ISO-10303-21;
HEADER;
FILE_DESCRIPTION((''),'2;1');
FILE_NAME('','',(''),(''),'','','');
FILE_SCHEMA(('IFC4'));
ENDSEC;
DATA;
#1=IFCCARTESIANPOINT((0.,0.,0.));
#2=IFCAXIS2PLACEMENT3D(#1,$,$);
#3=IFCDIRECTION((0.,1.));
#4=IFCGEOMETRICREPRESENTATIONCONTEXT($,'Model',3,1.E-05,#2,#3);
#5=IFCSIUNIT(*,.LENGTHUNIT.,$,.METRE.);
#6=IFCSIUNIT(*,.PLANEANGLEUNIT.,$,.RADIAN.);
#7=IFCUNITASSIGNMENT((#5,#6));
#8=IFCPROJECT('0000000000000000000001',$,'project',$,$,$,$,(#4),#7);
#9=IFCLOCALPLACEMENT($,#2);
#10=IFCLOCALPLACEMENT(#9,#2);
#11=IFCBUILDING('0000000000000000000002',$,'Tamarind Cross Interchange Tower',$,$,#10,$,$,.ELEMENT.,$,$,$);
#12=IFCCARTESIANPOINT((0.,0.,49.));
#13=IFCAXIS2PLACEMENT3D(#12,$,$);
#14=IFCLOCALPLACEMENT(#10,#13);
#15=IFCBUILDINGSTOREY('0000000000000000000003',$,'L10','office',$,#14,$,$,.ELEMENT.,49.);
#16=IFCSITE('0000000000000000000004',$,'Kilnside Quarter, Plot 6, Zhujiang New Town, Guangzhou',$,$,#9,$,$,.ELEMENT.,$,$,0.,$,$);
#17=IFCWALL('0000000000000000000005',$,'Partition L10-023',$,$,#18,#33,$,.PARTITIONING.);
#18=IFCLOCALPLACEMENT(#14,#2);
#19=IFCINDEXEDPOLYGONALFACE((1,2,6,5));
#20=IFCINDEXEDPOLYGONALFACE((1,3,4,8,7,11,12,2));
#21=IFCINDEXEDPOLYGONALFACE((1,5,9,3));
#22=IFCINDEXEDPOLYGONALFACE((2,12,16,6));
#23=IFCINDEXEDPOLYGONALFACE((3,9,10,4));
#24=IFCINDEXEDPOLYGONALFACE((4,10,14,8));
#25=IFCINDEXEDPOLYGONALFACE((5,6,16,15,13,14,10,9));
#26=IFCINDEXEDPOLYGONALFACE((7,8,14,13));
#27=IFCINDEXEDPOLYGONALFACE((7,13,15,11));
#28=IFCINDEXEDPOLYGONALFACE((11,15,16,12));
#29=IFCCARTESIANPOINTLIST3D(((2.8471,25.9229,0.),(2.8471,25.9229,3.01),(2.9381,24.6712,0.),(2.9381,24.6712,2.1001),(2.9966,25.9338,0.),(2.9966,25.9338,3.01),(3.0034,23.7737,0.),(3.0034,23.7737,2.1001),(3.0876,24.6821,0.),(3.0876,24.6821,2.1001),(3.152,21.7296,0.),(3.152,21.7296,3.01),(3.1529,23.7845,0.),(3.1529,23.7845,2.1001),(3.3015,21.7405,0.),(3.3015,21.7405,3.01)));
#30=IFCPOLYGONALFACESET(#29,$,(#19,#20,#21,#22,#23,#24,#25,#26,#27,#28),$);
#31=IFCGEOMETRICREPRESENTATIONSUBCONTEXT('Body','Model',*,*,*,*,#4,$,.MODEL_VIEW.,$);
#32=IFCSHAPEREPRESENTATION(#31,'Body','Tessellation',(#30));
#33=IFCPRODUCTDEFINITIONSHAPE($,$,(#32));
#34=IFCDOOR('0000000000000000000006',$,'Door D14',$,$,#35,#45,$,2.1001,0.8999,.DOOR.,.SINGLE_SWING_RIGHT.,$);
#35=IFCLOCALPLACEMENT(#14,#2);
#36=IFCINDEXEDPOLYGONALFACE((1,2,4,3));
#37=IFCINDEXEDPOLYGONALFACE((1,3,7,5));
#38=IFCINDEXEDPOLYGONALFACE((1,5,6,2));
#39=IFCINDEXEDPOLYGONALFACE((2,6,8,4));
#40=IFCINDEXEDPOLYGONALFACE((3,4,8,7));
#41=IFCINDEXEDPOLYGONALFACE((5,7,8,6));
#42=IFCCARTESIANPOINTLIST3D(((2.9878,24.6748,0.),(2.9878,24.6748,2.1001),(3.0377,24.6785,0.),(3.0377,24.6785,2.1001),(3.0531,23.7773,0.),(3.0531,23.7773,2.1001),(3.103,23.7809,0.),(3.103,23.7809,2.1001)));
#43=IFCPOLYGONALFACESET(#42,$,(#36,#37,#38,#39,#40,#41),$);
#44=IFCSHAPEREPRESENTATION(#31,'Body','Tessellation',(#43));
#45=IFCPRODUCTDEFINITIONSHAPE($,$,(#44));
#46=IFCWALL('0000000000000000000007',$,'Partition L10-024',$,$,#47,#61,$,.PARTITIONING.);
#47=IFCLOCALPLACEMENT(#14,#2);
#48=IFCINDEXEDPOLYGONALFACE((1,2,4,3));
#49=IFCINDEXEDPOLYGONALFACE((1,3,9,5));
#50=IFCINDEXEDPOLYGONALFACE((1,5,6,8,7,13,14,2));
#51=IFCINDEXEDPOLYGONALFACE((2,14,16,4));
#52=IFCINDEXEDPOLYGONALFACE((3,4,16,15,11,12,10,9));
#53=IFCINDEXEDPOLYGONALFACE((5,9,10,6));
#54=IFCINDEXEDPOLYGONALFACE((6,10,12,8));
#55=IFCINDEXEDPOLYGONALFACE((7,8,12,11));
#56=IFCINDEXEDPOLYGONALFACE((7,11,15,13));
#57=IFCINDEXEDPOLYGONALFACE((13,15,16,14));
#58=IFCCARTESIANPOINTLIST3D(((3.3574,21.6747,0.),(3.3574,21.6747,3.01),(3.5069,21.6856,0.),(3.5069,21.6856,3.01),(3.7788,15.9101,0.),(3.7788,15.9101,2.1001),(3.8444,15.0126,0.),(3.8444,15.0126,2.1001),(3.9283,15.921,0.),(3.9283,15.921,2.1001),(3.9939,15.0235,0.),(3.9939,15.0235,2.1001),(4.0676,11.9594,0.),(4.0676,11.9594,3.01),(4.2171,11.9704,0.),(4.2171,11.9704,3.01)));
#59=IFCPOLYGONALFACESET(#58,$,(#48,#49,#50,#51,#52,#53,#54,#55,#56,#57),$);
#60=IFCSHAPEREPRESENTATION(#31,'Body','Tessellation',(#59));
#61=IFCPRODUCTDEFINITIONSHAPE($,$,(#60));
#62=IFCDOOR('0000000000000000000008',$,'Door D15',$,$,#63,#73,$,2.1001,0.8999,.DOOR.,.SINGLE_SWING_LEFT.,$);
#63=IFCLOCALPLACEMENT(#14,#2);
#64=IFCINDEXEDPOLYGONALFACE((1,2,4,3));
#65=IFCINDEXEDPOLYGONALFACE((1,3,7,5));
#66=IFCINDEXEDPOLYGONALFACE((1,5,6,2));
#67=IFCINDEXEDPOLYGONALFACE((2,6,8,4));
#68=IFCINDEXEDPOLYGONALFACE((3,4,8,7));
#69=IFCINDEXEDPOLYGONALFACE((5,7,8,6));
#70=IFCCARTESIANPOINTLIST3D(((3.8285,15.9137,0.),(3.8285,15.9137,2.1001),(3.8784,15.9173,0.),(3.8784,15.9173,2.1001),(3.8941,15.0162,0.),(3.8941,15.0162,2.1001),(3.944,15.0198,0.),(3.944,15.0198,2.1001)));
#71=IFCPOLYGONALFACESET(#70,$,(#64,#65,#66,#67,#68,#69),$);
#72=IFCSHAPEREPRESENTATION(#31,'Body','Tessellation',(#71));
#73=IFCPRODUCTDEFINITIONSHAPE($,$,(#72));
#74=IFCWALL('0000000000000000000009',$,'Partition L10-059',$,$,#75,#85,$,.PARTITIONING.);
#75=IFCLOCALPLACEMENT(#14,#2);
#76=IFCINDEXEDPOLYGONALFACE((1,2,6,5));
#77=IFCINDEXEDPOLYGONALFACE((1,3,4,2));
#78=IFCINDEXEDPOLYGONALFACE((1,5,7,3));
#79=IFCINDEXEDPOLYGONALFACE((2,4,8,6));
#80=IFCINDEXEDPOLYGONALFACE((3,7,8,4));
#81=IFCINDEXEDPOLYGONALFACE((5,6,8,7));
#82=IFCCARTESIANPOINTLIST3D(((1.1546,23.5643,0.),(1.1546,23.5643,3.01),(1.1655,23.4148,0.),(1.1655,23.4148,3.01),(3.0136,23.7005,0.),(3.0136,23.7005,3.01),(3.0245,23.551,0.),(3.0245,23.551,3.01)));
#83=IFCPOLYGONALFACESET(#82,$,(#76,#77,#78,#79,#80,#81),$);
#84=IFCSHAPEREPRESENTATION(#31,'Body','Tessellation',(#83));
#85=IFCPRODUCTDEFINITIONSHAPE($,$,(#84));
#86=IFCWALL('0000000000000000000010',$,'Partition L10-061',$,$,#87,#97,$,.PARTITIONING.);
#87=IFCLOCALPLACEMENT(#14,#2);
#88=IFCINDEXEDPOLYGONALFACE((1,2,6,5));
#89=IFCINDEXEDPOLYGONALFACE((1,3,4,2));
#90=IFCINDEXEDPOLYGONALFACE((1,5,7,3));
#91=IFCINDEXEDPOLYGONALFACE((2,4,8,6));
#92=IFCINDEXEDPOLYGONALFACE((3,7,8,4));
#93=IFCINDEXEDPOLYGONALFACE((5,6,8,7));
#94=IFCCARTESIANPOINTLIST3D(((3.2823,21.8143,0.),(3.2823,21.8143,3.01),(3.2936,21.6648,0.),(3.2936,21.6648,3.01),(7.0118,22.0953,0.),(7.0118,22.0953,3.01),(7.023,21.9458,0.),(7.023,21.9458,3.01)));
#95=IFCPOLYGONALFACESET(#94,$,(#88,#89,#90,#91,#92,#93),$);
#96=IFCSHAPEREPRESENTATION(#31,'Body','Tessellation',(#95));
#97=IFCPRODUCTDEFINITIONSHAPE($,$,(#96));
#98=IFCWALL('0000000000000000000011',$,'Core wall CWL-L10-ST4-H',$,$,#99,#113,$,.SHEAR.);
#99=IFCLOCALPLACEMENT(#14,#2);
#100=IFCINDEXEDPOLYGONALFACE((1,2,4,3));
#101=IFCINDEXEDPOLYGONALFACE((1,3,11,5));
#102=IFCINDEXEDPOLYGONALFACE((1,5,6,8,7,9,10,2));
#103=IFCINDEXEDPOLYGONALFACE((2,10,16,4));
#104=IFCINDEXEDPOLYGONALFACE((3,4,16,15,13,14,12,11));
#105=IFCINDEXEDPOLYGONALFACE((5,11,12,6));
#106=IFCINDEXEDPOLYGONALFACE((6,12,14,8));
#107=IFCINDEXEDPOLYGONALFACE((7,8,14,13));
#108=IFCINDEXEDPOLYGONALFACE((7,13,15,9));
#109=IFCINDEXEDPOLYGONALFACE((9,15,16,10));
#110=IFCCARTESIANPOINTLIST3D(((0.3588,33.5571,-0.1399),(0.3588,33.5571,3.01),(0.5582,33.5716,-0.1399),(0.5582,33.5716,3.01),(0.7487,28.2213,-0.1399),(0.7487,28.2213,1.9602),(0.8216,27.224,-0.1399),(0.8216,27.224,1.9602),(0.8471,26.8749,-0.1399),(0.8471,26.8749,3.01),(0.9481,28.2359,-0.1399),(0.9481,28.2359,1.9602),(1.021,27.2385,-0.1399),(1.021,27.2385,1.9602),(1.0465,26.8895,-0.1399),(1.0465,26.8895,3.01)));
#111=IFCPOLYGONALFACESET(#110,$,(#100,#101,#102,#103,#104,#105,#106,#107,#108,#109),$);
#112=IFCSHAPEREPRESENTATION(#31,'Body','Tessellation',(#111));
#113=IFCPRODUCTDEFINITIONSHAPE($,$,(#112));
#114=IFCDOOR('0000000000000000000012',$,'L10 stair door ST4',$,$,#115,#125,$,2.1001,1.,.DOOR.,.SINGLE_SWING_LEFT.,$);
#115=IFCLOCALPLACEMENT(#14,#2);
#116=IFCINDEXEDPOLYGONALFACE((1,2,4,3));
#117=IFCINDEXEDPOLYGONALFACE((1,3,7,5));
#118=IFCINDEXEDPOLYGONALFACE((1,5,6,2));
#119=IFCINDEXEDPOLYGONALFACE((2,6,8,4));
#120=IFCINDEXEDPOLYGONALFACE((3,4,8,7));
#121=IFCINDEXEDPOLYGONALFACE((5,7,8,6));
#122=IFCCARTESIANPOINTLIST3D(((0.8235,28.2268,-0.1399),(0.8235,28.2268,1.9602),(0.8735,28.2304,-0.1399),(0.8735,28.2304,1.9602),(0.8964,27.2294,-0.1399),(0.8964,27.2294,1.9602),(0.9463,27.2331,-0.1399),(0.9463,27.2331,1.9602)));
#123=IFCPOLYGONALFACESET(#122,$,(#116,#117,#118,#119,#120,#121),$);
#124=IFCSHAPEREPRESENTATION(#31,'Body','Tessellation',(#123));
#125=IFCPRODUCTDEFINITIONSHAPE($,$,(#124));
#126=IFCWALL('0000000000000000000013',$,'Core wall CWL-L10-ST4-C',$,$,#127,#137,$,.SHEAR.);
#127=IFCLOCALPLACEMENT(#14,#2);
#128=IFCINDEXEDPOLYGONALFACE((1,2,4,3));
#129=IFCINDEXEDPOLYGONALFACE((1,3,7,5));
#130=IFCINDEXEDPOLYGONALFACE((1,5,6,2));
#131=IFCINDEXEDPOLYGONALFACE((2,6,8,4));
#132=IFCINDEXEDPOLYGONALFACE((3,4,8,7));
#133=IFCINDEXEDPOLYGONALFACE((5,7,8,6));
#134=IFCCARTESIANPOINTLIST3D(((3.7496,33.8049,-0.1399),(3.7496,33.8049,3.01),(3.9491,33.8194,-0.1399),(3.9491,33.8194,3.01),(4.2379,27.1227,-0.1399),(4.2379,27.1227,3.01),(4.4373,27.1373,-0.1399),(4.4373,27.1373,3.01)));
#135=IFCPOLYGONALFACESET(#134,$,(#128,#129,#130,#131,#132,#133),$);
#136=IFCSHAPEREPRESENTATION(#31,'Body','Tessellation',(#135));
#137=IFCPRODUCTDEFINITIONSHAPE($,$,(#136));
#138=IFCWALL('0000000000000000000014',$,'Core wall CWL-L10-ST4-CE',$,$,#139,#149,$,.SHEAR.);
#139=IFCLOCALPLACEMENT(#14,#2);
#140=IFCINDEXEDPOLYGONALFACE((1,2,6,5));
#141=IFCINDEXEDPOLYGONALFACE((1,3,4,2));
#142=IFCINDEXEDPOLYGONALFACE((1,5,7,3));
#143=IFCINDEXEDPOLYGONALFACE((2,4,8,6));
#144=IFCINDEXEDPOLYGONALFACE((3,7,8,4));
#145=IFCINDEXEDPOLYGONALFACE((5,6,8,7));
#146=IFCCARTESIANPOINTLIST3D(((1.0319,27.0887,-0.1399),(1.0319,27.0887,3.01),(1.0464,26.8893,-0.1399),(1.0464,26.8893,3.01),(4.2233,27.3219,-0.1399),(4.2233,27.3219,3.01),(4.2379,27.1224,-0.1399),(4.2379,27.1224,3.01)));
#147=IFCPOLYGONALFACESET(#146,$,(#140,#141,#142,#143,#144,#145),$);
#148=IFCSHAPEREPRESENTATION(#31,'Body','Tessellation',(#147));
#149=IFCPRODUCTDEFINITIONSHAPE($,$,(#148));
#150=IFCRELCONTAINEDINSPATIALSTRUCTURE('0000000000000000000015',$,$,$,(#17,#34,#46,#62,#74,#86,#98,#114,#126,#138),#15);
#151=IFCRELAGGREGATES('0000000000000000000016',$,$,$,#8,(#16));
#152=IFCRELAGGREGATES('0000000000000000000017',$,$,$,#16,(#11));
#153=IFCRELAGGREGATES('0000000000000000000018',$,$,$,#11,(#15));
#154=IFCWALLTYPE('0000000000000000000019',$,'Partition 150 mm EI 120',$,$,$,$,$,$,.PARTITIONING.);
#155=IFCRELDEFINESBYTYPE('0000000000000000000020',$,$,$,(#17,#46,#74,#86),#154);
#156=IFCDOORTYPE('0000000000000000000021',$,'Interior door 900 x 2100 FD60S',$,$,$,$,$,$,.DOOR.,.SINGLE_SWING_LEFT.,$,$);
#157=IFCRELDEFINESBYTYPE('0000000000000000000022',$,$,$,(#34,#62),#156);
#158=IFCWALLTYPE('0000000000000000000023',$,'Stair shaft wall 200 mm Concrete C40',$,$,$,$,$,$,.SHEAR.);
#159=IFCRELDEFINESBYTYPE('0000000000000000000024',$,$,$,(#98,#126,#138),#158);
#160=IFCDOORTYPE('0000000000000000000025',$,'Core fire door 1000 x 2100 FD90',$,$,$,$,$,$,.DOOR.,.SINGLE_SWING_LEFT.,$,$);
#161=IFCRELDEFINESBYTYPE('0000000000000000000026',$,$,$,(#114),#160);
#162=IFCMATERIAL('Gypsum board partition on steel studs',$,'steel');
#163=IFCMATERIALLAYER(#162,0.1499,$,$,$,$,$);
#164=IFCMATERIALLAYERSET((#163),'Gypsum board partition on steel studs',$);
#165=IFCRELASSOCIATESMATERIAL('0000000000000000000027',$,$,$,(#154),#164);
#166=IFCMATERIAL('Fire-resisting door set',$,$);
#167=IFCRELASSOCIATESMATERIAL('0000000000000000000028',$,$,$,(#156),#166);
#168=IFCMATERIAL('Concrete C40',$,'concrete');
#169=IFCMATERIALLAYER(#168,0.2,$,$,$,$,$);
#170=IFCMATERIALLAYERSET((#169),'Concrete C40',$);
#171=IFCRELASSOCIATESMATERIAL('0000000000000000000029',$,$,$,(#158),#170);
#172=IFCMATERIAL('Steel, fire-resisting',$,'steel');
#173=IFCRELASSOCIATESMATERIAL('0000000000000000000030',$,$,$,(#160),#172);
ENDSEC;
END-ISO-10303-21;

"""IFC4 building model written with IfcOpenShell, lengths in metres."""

from ifc_helpers import new_model, si_unit, direction, frame, frame_2d, origin, place, context, subcontext, project, spatial, rectangle, extrude, material, layer, layer_set, type_object, element, fill, save


model = new_model("IFC4")

# Units and contexts
model_context = context("Model", 3, precision=1e-05, world=origin(), true_north=direction((0.0, 1.0)))
body_context = subcontext(model_context, "Body", "Model", "MODEL_VIEW")
ifc_project = project(units=[si_unit("LENGTHUNIT", "METRE"), si_unit("PLANEANGLEUNIT", "RADIAN")], contexts=[model_context])

# Site, building, storey
site_placement = place(None, origin())
site = spatial("IfcSite", under=ifc_project, at=site_placement, Name="Kilnside Quarter, Plot 6, Zhujiang New Town, Guangzhou", CompositionType="ELEMENT", RefElevation=0.0)
building_placement = place(site_placement, origin())
building = spatial("IfcBuilding", under=site, at=building_placement, Name="Tamarind Cross Interchange Tower", CompositionType="ELEMENT")
storey_placement = place(building_placement, frame((0.0, 0.0, 49.0)))
storey = spatial("IfcBuildingStorey", under=building, at=storey_placement, Name="L10", Description="office", CompositionType="ELEMENT", Elevation=49.0)

# Walls, openings, doors
ifc_material_1 = material(Name="Gypsum board partition on steel studs", Category="steel")
ifc_layer_1 = layer(ifc_material_1, 0.1499)
ifc_layer_set_1 = layer_set([ifc_layer_1], Name="Gypsum board partition on steel studs")
wall_type_1 = type_object("IfcWallType", Name="Partition 150 mm EI 120", PredefinedType="PARTITIONING", material=ifc_layer_set_1)
ifc_material_2 = material(Name="Fire-resisting door set")
door_type_1 = type_object("IfcDoorType", Name="Interior door 900 x 2100 FD60S", OperationType="SINGLE_SWING_LEFT", PredefinedType="DOOR", material=ifc_material_2)
wall_1_placement = place(storey_placement, frame((2.9219, 25.9282, 0.0), z_axis=(0.0, 0.0, 1.0), x_axis=(0.072526, -0.997367, 0.0)))
wall_1 = element("IfcWall", 1, at=wall_1_placement, inside=storey, type_object=wall_type_1, Name="Partition L10-023", PredefinedType="PARTITIONING", context=body_context, shape_type="SweptSolid", body=[
    extrude(rectangle(XDim=4.2043, YDim=0.1499, at=frame_2d((2.1021, 0.0))), origin(), (0.0, 0.0, 1.0), 3.01),
])
opening_1_placement = place(wall_1_placement, frame((1.2549, 0.0, 0.0)))
opening_1 = element("IfcOpeningElement", 2, at=opening_1_placement, cuts=wall_1, PredefinedType="OPENING", context=body_context, shape_type="SweptSolid", body=[
    extrude(rectangle(XDim=0.8999, YDim=2.1001, at=frame_2d((0.45, 1.05))), frame((0.0, 0.085, 0.0), z_axis=(0.0, -1.0, 0.0), x_axis=(1.0, 0.0, 0.0)), (0.0, 0.0, 1.0), 0.1699),
])
door_1_placement = place(opening_1_placement, origin())
door_1 = element("IfcDoor", 3, at=door_1_placement, inside=storey, type_object=door_type_1, Name="Door D14", OperationType="SINGLE_SWING_RIGHT", OverallHeight=2.1001, OverallWidth=0.8999, PredefinedType="DOOR", context=body_context, shape_type="SweptSolid", body=[
    extrude(rectangle(XDim=0.8999, YDim=2.1001, at=frame_2d((0.45, 1.05))), frame((0.0, 0.0249, 0.0), z_axis=(0.0, -1.0, 0.0), x_axis=(1.0, 0.0, 0.0)), (0.0, 0.0, 1.0), 0.05),
])
fill(opening_1, door_1)
wall_2_placement = place(storey_placement, frame((3.4321, 21.6802, 0.0), z_axis=(0.0, 0.0, 1.0), x_axis=(0.072907, -0.997339, 0.0)))
wall_2 = element("IfcWall", 4, at=wall_2_placement, inside=storey, type_object=wall_type_1, Name="Partition L10-024", PredefinedType="PARTITIONING", context=body_context, shape_type="SweptSolid", body=[
    extrude(rectangle(XDim=9.7412, YDim=0.1499, at=frame_2d((4.8706, 0.0))), origin(), (0.0, 0.0, 1.0), 3.01),
])
opening_2_placement = place(wall_2_placement, frame((5.78, 0.0, 0.0)))
opening_2 = element("IfcOpeningElement", 5, at=opening_2_placement, cuts=wall_2, PredefinedType="OPENING", context=body_context, shape_type="SweptSolid", body=[
    extrude(rectangle(XDim=0.8999, YDim=2.1001, at=frame_2d((0.45, 1.05))), frame((0.0, 0.085, 0.0), z_axis=(0.0, -1.0, 0.0), x_axis=(1.0, 0.0, 0.0)), (0.0, 0.0, 1.0), 0.1699),
])
door_2_placement = place(opening_2_placement, origin())
door_2 = element("IfcDoor", 6, at=door_2_placement, inside=storey, type_object=door_type_1, Name="Door D15", OperationType="SINGLE_SWING_LEFT", OverallHeight=2.1001, OverallWidth=0.8999, PredefinedType="DOOR", context=body_context, shape_type="SweptSolid", body=[
    extrude(rectangle(XDim=0.8999, YDim=2.1001, at=frame_2d((0.45, 1.05))), frame((0.0, 0.0249, 0.0), z_axis=(0.0, -1.0, 0.0), x_axis=(1.0, 0.0, 0.0)), (0.0, 0.0, 1.0), 0.05),
])
fill(opening_2, door_2)

# Walls
wall_3_placement = place(storey_placement, frame((1.1599, 23.4895, 0.0), z_axis=(0.0, 0.0, 1.0), x_axis=(0.997326, 0.07308, 0.0)))
element("IfcWall", 7, at=wall_3_placement, inside=storey, type_object=wall_type_1, Name="Partition L10-059", PredefinedType="PARTITIONING", context=body_context, shape_type="SweptSolid", body=[
    extrude(rectangle(XDim=1.864, YDim=0.1499, at=frame_2d((0.9321, 0.0))), origin(), (0.0, 0.0, 1.0), 3.01),
])
wall_4_placement = place(storey_placement, frame((3.2878, 21.7395, 0.0), z_axis=(0.0, 0.0, 1.0), x_axis=(0.997173, 0.075134, 0.0)))
element("IfcWall", 8, at=wall_4_placement, inside=storey, type_object=wall_type_1, Name="Partition L10-061", PredefinedType="PARTITIONING", context=body_context, shape_type="SweptSolid", body=[
    extrude(rectangle(XDim=3.74, YDim=0.1499, at=frame_2d((1.8701, 0.0))), origin(), (0.0, 0.0, 1.0), 3.01),
])

# Wall, opening, door
ifc_material_3 = material(Name="Concrete C40", Category="concrete")
ifc_layer_2 = layer(ifc_material_3, 0.2)
ifc_layer_set_2 = layer_set([ifc_layer_2], Name="Concrete C40")
wall_type_2 = type_object("IfcWallType", Name="Stair shaft wall 200 mm Concrete C40", PredefinedType="SHEAR", material=ifc_layer_set_2)
wall_5_placement = place(storey_placement, frame((0.9468, 26.8821, -0.1399), z_axis=(0.0, 0.0, 1.0), x_axis=(-0.072878, 0.997341, 0.0)))
wall_5 = element("IfcWall", 9, at=wall_5_placement, inside=storey, type_object=wall_type_2, Name="Core wall CWL-L10-ST4-H", PredefinedType="SHEAR", context=body_context, shape_type="SweptSolid", body=[
    extrude(rectangle(XDim=6.7, YDim=0.2, at=frame_2d((3.3501, 0.0))), origin(), (0.0, 0.0, 1.0), 3.1499),
])
opening_3_placement = place(wall_5_placement, frame((0.3501, 0.0, 0.0)))
opening_3 = element("IfcOpeningElement", 10, at=opening_3_placement, cuts=wall_5, PredefinedType="OPENING", context=body_context, shape_type="SweptSolid", body=[
    extrude(rectangle(XDim=1.0, YDim=2.1001, at=frame_2d((0.5, 1.05))), frame((0.0, 0.1099, 0.0), z_axis=(0.0, -1.0, 0.0), x_axis=(1.0, 0.0, 0.0)), (0.0, 0.0, 1.0), 0.22),
])
ifc_material_4 = material(Name="Steel, fire-resisting", Category="steel")
door_type_2 = type_object("IfcDoorType", Name="Core fire door 1000 x 2100 FD90", OperationType="SINGLE_SWING_LEFT", PredefinedType="DOOR", material=ifc_material_4)
door_3_placement = place(opening_3_placement, origin())
door_3 = element("IfcDoor", 11, at=door_3_placement, inside=storey, type_object=door_type_2, Name="L10 stair door ST4", OperationType="SINGLE_SWING_LEFT", OverallHeight=2.1001, OverallWidth=1.0, PredefinedType="DOOR", context=body_context, shape_type="SweptSolid", body=[
    extrude(rectangle(XDim=1.0, YDim=2.1001, at=frame_2d((0.5, 1.05))), frame((0.0, 0.0249, 0.0), z_axis=(0.0, -1.0, 0.0), x_axis=(1.0, 0.0, 0.0)), (0.0, 0.0, 1.0), 0.05),
])
fill(opening_3, door_3)

# Walls
wall_6_placement = place(storey_placement, frame((4.3376, 27.1299, -0.1399), z_axis=(0.0, 0.0, 1.0), x_axis=(-0.072878, 0.997341, 0.0)))
element("IfcWall", 12, at=wall_6_placement, inside=storey, type_object=wall_type_2, Name="Core wall CWL-L10-ST4-C", PredefinedType="SHEAR", context=body_context, shape_type="SweptSolid", body=[
    extrude(rectangle(XDim=6.7, YDim=0.2, at=frame_2d((3.3501, 0.0))), origin(), (0.0, 0.0, 1.0), 3.1499),
])
wall_7_placement = place(storey_placement, frame((4.2307, 27.2222, -0.1399), z_axis=(0.0, 0.0, 1.0), x_axis=(-0.997342, -0.072863, 0.0)))
element("IfcWall", 13, at=wall_7_placement, inside=storey, type_object=wall_type_2, Name="Core wall CWL-L10-ST4-CE", PredefinedType="SHEAR", context=body_context, shape_type="SweptSolid", body=[
    extrude(rectangle(XDim=3.2, YDim=0.2, at=frame_2d((1.6001, 0.0))), origin(), (0.0, 0.0, 1.0), 3.1499),
])

save(model, "model.ifc")
